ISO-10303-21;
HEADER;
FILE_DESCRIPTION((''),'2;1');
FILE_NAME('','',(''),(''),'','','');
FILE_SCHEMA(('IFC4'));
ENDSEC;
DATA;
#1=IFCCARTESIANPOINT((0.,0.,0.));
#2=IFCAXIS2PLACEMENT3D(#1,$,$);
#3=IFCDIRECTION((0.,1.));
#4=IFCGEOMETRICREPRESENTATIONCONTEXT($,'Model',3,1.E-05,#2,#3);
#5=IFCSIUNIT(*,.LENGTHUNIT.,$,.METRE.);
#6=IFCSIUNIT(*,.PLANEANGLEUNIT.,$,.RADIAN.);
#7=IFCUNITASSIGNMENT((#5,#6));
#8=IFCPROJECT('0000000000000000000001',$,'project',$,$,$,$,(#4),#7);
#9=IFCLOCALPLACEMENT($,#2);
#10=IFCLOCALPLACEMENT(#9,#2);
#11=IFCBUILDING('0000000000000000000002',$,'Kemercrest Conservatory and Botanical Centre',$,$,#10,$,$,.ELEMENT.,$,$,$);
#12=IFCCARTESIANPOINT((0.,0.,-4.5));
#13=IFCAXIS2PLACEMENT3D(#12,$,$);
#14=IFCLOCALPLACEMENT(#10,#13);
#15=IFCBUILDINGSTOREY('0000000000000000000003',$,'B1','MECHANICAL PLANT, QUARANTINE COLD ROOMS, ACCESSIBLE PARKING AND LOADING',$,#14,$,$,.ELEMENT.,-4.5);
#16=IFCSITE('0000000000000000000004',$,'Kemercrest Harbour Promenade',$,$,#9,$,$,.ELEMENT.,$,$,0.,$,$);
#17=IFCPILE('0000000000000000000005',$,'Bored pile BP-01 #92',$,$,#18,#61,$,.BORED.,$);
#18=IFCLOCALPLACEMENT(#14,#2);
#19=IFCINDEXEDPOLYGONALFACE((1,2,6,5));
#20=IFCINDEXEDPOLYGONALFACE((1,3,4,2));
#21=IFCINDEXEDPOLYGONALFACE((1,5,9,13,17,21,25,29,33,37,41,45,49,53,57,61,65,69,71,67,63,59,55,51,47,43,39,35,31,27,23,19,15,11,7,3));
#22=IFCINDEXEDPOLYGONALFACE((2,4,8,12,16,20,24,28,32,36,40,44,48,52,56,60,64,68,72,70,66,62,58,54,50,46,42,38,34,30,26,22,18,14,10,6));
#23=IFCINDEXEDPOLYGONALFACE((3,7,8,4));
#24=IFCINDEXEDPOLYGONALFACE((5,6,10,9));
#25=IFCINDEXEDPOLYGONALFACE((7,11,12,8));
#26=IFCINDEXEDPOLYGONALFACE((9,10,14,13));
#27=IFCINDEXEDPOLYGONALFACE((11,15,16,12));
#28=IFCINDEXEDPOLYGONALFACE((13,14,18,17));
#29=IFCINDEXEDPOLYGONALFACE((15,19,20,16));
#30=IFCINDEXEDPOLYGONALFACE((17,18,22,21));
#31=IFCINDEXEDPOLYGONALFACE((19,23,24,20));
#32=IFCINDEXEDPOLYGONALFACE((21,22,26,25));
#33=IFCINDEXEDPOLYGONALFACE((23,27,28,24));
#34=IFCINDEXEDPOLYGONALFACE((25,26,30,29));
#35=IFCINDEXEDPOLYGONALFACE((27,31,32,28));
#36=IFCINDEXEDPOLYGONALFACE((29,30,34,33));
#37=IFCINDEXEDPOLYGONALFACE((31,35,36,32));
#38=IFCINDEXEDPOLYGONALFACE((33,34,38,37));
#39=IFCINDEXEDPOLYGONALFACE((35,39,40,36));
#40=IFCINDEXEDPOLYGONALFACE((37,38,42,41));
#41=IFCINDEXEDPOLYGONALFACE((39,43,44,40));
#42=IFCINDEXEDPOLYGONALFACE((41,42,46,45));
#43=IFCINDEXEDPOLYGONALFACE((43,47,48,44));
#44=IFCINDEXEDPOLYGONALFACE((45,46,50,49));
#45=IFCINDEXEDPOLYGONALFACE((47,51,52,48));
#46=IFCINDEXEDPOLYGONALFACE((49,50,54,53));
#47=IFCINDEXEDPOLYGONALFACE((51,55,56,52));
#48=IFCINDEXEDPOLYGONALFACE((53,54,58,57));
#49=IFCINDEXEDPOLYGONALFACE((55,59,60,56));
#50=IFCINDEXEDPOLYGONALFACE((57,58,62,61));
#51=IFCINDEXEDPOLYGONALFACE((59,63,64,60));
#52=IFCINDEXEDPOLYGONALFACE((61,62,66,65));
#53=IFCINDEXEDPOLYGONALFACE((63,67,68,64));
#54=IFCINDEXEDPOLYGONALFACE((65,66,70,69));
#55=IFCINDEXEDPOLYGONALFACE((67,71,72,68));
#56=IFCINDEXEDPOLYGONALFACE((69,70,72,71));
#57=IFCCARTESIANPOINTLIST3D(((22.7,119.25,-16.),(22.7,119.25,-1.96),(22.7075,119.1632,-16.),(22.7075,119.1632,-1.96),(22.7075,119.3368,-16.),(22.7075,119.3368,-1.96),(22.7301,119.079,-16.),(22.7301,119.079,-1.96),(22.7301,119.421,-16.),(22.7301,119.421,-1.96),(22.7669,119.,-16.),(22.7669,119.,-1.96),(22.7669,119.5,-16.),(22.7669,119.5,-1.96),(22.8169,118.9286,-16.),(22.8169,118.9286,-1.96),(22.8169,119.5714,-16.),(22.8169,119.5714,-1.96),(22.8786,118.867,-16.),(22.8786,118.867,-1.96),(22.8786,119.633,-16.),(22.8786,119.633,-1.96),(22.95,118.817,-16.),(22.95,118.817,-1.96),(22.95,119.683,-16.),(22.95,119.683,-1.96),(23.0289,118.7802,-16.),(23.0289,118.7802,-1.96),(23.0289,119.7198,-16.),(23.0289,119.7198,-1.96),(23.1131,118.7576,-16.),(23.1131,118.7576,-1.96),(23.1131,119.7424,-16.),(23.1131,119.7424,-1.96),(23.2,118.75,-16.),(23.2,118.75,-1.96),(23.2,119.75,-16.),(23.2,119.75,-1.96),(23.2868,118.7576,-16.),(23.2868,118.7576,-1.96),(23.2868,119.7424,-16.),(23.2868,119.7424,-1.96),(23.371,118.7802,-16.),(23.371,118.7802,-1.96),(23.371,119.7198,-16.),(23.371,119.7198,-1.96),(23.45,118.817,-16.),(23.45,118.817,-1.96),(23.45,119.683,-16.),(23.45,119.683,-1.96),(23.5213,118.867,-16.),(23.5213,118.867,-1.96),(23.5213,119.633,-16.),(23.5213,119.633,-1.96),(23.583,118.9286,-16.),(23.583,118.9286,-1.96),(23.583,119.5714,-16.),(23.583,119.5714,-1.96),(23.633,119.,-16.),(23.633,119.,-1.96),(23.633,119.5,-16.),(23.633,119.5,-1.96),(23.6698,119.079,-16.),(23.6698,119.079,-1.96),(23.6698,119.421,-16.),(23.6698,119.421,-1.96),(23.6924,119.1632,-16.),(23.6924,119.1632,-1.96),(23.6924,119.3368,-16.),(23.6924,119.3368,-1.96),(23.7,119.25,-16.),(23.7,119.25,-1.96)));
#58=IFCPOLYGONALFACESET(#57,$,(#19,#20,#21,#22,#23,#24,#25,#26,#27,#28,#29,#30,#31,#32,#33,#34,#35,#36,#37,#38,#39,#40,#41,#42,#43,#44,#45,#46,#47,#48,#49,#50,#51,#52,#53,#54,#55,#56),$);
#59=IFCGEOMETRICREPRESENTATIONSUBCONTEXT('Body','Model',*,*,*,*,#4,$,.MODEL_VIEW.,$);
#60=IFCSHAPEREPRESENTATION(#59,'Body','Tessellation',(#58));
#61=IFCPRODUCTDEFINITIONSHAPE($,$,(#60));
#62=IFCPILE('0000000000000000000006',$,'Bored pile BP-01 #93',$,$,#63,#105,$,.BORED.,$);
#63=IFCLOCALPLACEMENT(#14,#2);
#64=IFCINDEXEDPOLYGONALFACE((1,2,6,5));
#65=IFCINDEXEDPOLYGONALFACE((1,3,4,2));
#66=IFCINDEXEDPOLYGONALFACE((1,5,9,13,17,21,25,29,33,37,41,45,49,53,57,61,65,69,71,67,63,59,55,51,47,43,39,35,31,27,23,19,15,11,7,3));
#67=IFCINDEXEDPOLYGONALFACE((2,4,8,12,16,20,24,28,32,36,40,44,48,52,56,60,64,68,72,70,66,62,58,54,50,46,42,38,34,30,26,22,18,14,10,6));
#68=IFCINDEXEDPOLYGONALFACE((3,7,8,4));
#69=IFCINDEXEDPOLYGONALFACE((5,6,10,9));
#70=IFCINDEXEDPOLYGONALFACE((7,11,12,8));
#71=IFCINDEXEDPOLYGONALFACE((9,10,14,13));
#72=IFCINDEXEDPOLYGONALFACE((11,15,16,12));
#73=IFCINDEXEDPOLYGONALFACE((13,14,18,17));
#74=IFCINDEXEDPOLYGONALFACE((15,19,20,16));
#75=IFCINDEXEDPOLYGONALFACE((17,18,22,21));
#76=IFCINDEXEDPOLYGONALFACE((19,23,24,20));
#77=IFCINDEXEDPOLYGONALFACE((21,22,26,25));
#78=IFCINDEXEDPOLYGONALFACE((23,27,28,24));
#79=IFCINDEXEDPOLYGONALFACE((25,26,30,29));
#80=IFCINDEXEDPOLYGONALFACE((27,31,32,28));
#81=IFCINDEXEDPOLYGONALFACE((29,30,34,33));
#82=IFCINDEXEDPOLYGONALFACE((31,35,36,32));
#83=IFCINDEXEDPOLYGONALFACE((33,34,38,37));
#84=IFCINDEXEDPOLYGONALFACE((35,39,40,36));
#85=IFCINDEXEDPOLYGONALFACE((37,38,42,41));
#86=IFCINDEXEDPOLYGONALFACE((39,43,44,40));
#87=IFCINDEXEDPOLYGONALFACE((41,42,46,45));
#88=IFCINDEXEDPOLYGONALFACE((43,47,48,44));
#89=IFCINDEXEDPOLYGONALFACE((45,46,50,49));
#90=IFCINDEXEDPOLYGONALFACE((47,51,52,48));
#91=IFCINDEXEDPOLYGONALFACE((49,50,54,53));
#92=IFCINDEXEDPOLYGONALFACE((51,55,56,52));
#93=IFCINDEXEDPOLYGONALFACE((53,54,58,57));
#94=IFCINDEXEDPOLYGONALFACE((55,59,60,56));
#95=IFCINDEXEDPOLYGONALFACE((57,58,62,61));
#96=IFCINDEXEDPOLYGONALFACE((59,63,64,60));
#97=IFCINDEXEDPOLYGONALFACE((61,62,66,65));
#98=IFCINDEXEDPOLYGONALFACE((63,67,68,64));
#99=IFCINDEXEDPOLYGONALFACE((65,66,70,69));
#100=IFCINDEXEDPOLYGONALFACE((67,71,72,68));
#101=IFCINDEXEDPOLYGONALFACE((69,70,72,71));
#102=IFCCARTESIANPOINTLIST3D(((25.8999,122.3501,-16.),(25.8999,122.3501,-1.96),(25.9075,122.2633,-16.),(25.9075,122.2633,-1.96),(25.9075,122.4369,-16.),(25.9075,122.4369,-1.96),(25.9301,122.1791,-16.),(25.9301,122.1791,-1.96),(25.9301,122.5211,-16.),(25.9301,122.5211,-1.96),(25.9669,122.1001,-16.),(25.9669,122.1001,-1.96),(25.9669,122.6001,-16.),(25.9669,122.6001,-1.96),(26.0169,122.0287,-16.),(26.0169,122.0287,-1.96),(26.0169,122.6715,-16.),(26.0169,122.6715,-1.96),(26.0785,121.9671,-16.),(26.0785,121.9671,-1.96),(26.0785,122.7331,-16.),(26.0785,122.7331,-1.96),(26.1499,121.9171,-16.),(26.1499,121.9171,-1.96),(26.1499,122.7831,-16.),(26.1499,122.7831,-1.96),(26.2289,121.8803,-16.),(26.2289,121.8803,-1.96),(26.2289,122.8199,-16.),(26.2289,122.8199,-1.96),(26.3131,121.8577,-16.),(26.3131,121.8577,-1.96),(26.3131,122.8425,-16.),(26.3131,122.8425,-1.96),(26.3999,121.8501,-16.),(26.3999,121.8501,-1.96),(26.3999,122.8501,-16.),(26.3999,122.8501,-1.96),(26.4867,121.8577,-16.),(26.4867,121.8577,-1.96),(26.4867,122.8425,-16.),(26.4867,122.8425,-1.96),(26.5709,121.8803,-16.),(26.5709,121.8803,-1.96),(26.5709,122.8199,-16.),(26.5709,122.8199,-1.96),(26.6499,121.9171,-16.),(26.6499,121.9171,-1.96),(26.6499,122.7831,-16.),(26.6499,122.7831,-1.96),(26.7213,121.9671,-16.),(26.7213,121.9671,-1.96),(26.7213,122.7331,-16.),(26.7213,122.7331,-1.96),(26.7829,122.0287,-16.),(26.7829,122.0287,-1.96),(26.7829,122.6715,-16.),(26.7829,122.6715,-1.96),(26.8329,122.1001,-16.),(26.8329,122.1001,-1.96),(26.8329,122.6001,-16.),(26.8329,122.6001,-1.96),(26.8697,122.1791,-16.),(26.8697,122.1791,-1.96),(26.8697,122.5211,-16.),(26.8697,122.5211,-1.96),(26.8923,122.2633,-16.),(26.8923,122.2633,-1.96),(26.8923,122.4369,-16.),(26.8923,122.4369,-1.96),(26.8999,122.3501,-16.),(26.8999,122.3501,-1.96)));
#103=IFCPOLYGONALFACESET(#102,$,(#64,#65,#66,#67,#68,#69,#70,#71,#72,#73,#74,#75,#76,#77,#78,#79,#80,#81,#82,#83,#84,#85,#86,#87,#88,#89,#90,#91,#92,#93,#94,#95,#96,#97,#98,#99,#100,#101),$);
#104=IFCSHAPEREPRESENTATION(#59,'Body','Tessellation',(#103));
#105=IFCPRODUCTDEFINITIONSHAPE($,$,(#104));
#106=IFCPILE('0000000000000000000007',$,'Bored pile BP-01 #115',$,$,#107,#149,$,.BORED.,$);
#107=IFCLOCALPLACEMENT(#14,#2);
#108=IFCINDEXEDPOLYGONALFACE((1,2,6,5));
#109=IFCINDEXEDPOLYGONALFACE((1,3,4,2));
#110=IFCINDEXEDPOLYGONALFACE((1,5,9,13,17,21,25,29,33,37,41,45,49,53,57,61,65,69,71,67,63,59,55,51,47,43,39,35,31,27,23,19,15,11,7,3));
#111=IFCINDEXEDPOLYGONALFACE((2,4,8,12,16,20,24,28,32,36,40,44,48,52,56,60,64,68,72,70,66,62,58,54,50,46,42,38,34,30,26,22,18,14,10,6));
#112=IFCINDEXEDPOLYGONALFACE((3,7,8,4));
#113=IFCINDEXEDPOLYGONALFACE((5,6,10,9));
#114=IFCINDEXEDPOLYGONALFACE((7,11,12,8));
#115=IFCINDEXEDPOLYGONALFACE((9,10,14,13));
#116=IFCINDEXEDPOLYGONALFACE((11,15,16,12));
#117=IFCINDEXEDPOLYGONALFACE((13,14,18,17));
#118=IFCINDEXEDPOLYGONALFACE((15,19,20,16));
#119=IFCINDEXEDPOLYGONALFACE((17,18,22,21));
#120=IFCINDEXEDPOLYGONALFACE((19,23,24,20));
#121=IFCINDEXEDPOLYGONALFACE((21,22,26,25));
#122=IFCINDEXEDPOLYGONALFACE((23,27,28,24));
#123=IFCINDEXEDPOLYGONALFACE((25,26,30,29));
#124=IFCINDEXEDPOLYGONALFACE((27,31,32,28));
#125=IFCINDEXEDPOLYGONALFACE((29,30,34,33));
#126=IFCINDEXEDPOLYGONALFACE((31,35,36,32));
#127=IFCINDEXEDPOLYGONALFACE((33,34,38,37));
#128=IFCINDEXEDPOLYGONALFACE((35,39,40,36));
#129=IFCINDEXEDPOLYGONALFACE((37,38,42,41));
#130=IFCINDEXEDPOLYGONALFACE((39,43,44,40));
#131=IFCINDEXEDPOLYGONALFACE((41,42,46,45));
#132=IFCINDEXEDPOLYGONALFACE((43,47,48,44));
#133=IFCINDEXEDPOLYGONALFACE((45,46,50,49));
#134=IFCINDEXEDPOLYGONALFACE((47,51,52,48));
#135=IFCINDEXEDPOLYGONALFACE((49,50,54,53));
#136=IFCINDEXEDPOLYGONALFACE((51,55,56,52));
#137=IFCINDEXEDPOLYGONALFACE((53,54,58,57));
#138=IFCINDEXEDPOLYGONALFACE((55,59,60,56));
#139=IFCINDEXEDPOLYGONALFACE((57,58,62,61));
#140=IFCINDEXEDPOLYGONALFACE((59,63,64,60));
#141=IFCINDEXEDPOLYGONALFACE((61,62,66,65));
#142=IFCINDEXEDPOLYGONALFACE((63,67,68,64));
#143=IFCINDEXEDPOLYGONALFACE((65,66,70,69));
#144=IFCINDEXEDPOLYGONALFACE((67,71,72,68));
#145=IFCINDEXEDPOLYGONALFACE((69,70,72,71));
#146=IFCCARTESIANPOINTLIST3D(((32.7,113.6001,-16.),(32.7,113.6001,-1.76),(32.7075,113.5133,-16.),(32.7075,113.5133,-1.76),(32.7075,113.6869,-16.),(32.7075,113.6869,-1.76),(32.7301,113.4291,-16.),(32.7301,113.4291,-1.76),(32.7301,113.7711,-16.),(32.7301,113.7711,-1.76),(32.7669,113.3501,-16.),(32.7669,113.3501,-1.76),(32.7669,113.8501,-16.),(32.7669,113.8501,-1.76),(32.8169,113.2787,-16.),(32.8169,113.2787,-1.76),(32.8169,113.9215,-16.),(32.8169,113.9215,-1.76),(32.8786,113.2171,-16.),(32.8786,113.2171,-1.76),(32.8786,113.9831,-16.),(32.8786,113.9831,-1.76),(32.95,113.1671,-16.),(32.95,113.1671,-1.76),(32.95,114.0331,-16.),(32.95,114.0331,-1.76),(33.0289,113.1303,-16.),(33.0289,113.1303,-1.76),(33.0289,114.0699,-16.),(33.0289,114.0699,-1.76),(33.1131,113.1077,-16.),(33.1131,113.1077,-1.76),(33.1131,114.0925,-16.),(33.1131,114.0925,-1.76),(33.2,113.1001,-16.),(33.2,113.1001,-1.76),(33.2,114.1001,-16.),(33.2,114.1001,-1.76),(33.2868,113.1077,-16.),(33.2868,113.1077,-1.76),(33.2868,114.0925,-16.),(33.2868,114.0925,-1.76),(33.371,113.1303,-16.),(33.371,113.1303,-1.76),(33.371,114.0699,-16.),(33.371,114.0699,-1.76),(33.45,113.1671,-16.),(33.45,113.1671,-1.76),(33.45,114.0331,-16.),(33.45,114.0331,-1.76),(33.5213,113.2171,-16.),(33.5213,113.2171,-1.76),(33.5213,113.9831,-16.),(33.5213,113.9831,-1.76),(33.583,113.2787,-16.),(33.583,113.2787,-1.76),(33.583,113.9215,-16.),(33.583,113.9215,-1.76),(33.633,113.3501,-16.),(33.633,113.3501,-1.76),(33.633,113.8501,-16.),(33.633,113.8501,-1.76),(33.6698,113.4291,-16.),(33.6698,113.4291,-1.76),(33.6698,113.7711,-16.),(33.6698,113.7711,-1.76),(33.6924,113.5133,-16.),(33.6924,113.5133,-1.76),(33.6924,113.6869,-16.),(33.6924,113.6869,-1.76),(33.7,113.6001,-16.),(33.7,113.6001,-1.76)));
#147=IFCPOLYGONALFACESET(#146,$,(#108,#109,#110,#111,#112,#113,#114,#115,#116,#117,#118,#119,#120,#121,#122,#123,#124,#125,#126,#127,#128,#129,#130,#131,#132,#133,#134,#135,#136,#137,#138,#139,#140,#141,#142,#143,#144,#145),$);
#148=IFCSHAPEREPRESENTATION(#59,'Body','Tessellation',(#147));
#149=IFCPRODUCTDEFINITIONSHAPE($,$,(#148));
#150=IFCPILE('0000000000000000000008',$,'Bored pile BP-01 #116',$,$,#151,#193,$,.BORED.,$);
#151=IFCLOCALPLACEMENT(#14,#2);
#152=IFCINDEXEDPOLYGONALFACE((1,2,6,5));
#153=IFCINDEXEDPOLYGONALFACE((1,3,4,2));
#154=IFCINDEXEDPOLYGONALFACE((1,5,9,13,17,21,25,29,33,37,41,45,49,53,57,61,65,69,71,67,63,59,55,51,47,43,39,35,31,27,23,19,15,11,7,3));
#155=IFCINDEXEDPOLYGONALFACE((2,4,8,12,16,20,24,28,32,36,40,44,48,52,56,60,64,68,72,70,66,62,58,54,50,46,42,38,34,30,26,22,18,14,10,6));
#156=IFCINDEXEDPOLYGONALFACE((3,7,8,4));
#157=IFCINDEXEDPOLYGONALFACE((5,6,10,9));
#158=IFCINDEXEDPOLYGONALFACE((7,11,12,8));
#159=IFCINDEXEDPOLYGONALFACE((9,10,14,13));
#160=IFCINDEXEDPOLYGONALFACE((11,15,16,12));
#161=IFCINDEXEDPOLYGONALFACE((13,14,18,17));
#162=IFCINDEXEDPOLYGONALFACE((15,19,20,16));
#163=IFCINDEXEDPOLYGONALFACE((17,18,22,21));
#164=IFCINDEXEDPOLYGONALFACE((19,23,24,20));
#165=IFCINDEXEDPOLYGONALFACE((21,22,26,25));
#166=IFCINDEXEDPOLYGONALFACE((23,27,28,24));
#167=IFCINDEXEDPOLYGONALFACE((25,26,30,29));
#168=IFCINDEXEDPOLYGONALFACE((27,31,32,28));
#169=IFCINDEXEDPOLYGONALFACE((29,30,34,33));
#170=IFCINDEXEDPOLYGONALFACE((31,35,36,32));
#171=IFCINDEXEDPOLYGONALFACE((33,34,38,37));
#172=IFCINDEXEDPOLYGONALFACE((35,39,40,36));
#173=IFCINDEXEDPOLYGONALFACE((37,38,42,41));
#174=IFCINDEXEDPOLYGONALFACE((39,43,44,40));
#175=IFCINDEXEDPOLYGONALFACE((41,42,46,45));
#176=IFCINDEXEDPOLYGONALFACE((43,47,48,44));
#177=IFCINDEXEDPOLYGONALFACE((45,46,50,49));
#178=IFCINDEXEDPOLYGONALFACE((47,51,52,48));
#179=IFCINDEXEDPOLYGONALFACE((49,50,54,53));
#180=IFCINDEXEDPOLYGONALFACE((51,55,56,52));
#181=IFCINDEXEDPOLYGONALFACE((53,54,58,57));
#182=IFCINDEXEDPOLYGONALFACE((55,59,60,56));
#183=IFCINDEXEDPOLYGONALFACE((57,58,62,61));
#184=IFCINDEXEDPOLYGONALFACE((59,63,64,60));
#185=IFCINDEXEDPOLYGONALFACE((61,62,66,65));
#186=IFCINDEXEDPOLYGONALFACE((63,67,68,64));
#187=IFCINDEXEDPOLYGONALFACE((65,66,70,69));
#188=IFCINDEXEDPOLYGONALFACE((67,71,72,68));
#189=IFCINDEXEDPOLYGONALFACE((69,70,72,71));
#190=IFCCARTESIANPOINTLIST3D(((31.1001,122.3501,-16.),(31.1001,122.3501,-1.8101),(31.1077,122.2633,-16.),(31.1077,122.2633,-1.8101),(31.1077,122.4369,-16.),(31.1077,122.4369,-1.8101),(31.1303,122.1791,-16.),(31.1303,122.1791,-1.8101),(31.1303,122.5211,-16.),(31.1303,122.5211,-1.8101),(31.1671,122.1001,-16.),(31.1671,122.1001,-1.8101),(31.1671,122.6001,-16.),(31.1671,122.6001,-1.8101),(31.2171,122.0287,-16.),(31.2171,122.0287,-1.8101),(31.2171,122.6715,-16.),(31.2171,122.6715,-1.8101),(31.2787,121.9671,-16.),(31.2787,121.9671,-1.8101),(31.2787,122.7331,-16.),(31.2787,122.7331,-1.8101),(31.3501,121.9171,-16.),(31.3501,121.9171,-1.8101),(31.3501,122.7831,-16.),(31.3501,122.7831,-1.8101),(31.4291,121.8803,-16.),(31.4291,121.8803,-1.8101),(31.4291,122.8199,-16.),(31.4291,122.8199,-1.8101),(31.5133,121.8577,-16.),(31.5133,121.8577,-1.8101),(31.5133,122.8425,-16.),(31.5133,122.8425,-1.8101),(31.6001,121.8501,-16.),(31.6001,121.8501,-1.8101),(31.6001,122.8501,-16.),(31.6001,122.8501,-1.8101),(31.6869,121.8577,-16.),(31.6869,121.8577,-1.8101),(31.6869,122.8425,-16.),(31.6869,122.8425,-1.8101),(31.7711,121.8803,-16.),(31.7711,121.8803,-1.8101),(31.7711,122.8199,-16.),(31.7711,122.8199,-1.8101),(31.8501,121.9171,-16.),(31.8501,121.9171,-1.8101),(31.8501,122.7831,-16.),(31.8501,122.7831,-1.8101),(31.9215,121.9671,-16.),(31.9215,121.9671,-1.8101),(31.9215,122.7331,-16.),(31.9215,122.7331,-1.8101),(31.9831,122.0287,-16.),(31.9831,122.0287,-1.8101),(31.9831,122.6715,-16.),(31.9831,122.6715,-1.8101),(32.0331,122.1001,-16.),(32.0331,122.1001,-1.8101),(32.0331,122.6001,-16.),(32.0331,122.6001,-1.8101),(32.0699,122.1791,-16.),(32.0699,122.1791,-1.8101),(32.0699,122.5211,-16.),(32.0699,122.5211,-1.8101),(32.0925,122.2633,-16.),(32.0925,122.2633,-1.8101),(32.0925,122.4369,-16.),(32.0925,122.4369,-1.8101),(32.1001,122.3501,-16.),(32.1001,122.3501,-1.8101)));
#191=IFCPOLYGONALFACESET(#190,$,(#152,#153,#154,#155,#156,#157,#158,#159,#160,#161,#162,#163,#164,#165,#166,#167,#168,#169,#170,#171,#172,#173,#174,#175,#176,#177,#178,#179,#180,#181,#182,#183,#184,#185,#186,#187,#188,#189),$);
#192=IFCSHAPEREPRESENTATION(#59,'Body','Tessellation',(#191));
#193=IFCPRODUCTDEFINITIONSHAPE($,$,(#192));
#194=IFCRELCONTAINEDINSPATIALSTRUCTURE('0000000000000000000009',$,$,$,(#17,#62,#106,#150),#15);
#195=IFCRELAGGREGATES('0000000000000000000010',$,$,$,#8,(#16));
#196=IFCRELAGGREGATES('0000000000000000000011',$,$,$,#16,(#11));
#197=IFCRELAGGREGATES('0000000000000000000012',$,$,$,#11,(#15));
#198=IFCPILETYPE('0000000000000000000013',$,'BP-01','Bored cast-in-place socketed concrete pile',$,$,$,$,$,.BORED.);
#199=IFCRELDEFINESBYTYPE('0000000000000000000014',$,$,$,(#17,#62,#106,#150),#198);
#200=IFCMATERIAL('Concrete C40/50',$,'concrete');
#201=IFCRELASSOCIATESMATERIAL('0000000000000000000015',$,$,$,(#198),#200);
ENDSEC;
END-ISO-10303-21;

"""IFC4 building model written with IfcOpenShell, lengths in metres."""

from ifc_helpers import new_model, si_unit, direction, frame, origin, origin_2d, place, context, subcontext, project, spatial, circle, extrude, material, material_profile, profile_set, type_object, element, save


model = new_model("IFC4")

# Units and contexts
model_context = context("Model", 3, precision=1e-05, world=origin(), true_north=direction((0.0, 1.0)))
body_context = subcontext(model_context, "Body", "Model", "MODEL_VIEW")
ifc_project = project(units=[si_unit("LENGTHUNIT", "METRE"), si_unit("PLANEANGLEUNIT", "RADIAN")], contexts=[model_context])

# Site, building, storey
site_placement = place(None, origin())
site = spatial("IfcSite", under=ifc_project, at=site_placement, Name="Kemercrest Harbour Promenade", CompositionType="ELEMENT", RefElevation=0.0)
building_placement = place(site_placement, origin())
building = spatial("IfcBuilding", under=site, at=building_placement, Name="Kemercrest Conservatory and Botanical Centre", CompositionType="ELEMENT")
storey_placement = place(building_placement, frame((0.0, 0.0, -4.5)))
storey = spatial("IfcBuildingStorey", under=building, at=storey_placement, Name="B1", Description="MECHANICAL PLANT, QUARANTINE COLD ROOMS, ACCESSIBLE PARKING AND LOADING", CompositionType="ELEMENT", Elevation=-4.5)

# Piles
ifc_material_1 = material(Name="Concrete C40/50", Category="concrete")
ifc_material_profile_1 = material_profile(ifc_material_1, circle(Radius=0.5, at=origin_2d()), Name="BORED PILE 1000")
ifc_profile_set_1 = profile_set([ifc_material_profile_1], Name="Concrete C40/50")
pile_type_1 = type_object("IfcPileType", Name="BP-01", Description="Bored cast-in-place socketed concrete pile", PredefinedType="BORED", material=ifc_profile_set_1)
for number, where, z_axis, x_axis, name in (
    (1, (23.2, 119.25, -1.96), (0.0, 0.0, -1.0), (1.0, 0.0, 0.0), "Bored pile BP-01 #92"),
    (2, (26.3999, 122.3501, -1.96), (0.0, 0.0, -1.0), (1.0, 0.0, 0.0), "Bored pile BP-01 #93"),
):
    element("IfcPile", number, at=place(storey_placement, frame(where, z_axis=z_axis, x_axis=x_axis)), inside=storey, type_object=pile_type_1, Name=name, PredefinedType="BORED", context=body_context, shape_type="SweptSolid", body=[
        extrude(circle(Radius=0.5, at=origin_2d()), origin(), (0.0, 0.0, 1.0), 14.04),
    ])
pile_1_placement = place(storey_placement, frame((33.2, 113.6001, -1.76), z_axis=(0.0, 0.0, -1.0), x_axis=(1.0, 0.0, 0.0)))
element("IfcPile", 3, at=pile_1_placement, inside=storey, type_object=pile_type_1, Name="Bored pile BP-01 #115", PredefinedType="BORED", context=body_context, shape_type="SweptSolid", body=[
    extrude(circle(Radius=0.5, at=origin_2d()), origin(), (0.0, 0.0, 1.0), 14.24),
])
for number, where, z_axis, x_axis, name in (
    (4, (31.6001, 122.3501, -1.8101), (0.0, 0.0, -1.0), (1.0, 0.0, 0.0), "Bored pile BP-01 #116"),
):
    element("IfcPile", number, at=place(storey_placement, frame(where, z_axis=z_axis, x_axis=x_axis)), inside=storey, type_object=pile_type_1, Name=name, PredefinedType="BORED", context=body_context, shape_type="SweptSolid", body=[
        extrude(circle(Radius=0.5, at=origin_2d()), origin(), (0.0, 0.0, 1.0), 14.1899),
    ])

save(model, "model.ifc")
